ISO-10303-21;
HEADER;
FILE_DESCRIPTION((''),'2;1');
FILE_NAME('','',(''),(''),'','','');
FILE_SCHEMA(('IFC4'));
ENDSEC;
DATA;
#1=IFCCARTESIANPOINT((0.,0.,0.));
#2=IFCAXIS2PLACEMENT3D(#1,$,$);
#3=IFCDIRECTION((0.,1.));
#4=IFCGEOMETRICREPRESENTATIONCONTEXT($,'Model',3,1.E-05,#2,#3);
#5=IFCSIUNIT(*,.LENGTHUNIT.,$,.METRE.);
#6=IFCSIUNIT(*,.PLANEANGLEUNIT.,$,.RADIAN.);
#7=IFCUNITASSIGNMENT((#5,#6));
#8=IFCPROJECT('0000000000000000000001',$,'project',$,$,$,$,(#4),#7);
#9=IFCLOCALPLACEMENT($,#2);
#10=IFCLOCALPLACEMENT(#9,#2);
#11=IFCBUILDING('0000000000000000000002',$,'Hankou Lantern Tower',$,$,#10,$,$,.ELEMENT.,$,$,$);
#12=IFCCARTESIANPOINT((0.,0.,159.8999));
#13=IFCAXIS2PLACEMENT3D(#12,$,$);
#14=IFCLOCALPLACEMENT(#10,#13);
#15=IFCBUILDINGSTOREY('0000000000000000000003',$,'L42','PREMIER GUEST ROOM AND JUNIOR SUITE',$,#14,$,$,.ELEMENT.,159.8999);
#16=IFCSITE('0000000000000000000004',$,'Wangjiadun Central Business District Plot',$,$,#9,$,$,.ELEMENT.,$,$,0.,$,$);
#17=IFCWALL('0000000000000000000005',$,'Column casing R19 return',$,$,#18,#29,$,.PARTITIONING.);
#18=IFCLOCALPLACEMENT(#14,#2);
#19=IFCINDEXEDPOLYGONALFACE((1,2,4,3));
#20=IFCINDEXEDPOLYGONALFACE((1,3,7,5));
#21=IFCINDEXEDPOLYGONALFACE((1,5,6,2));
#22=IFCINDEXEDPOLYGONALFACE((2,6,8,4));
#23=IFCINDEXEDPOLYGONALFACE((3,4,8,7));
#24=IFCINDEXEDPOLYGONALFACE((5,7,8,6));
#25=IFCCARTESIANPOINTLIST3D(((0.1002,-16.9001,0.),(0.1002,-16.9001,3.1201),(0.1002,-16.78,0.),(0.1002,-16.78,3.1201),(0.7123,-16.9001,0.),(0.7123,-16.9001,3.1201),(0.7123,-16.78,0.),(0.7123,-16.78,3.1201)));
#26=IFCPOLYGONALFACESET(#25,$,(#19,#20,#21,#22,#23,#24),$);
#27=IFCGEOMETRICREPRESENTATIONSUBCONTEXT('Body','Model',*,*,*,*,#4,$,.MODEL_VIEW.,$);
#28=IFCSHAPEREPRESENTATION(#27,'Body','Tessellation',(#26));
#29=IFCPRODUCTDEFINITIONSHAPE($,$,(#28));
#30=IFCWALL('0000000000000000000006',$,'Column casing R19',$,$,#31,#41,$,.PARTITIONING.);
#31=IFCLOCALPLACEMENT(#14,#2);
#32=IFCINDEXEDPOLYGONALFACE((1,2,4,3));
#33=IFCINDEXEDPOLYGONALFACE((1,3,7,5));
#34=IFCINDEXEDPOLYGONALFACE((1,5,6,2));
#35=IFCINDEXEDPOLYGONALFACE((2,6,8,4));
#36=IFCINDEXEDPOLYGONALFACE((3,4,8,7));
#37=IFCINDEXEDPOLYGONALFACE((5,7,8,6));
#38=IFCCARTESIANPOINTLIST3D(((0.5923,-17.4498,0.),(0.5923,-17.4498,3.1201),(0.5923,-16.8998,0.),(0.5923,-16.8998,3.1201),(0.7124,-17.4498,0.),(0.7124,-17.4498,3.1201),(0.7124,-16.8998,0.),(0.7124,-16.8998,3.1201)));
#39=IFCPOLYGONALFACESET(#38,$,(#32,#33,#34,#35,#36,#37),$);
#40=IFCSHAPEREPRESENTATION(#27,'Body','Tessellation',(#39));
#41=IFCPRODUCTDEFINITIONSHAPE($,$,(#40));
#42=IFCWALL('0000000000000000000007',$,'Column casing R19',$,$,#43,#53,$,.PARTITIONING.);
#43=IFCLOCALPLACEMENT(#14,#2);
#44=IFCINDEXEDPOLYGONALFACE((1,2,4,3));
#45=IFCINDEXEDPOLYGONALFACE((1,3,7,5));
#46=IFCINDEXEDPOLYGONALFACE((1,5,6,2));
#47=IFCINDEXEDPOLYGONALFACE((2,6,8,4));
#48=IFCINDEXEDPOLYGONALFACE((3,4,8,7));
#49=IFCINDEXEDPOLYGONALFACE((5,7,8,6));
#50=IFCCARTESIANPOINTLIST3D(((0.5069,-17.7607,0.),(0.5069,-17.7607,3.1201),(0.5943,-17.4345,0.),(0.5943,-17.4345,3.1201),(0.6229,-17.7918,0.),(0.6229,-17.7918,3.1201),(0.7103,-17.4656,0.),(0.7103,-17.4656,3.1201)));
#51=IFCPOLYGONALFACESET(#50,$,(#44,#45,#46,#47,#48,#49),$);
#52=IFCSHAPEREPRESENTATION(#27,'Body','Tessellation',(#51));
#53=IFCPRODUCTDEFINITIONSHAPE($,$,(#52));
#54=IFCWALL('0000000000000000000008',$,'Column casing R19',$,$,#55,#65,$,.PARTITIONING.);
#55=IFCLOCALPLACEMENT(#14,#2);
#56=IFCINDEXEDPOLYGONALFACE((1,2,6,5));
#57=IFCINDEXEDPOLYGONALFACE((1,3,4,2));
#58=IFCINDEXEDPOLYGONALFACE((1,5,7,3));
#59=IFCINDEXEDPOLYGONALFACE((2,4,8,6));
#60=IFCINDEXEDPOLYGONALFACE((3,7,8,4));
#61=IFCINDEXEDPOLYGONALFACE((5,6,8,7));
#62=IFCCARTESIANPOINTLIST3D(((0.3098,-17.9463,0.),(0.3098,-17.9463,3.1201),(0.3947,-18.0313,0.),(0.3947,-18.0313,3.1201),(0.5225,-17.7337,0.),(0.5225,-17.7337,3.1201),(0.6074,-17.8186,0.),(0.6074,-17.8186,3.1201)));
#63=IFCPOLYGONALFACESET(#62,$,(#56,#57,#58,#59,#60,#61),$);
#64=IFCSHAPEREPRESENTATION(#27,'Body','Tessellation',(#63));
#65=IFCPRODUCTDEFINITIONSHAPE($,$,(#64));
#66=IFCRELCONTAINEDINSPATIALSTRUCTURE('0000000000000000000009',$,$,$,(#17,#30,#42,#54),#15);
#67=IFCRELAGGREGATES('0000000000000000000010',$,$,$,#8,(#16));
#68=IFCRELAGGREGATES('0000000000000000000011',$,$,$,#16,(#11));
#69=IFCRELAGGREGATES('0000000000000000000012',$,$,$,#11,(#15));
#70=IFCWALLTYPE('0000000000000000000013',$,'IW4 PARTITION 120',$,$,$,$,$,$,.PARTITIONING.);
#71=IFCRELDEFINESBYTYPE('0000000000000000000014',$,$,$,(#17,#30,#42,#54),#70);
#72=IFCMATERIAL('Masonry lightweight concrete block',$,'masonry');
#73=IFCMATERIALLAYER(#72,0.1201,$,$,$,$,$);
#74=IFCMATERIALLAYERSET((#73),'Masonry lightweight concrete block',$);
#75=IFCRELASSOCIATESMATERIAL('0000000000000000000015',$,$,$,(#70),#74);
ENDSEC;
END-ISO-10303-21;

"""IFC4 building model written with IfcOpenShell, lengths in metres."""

from ifc_helpers import new_model, si_unit, direction, frame, frame_2d, origin, place, context, subcontext, project, spatial, rectangle, extrude, material, layer, layer_set, type_object, element, save


model = new_model("IFC4")

# Units and contexts
model_context = context("Model", 3, precision=1e-05, world=origin(), true_north=direction((0.0, 1.0)))
body_context = subcontext(model_context, "Body", "Model", "MODEL_VIEW")
ifc_project = project(units=[si_unit("LENGTHUNIT", "METRE"), si_unit("PLANEANGLEUNIT", "RADIAN")], contexts=[model_context])

# Site, building, storey
site_placement = place(None, origin())
site = spatial("IfcSite", under=ifc_project, at=site_placement, Name="Wangjiadun Central Business District Plot", CompositionType="ELEMENT", RefElevation=0.0)
building_placement = place(site_placement, origin())
building = spatial("IfcBuilding", under=site, at=building_placement, Name="Hankou Lantern Tower", CompositionType="ELEMENT")
storey_placement = place(building_placement, frame((0.0, 0.0, 159.8999)))
storey = spatial("IfcBuildingStorey", under=building, at=storey_placement, Name="L42", Description="PREMIER GUEST ROOM AND JUNIOR SUITE", CompositionType="ELEMENT", Elevation=159.8999)

# Walls
ifc_material_1 = material(Name="Masonry lightweight concrete block", Category="masonry")
ifc_layer_1 = layer(ifc_material_1, 0.1201)
ifc_layer_set_1 = layer_set([ifc_layer_1], Name="Masonry lightweight concrete block")
wall_type_1 = type_object("IfcWallType", Name="IW4 PARTITION 120", PredefinedType="PARTITIONING", material=ifc_layer_set_1)
wall_1_placement = place(storey_placement, frame((0.1001, -16.8401, 0.0), z_axis=(0.0, 0.0, 1.0), x_axis=(1.0, 0.0, 0.0)))
element("IfcWall", 1, at=wall_1_placement, inside=storey, type_object=wall_type_1, Name="Column casing R19 return", PredefinedType="PARTITIONING", context=body_context, shape_type="SweptSolid", body=[
    extrude(rectangle(XDim=0.6121, YDim=0.1201, at=frame_2d((0.3062, 0.0))), origin(), (0.0, 0.0, 1.0), 3.1201),
])
wall_2_placement = place(storey_placement, frame((0.6523, -16.8999, 0.0), z_axis=(0.0, 0.0, 1.0), x_axis=(0.0, -1.0, 0.0)))
element("IfcWall", 2, at=wall_2_placement, inside=storey, type_object=wall_type_1, Name="Column casing R19", PredefinedType="PARTITIONING", context=body_context, shape_type="SweptSolid", body=[
    extrude(rectangle(XDim=0.55, YDim=0.1201, at=frame_2d((0.2749, 0.0))), origin(), (0.0, 0.0, 1.0), 3.1201),
])
wall_3_placement = place(storey_placement, frame((0.6523, -17.45, 0.0), z_axis=(0.0, 0.0, 1.0), x_axis=(-0.258832, -0.965922, 0.0)))
element("IfcWall", 3, at=wall_3_placement, inside=storey, type_object=wall_type_1, Name="Column casing R19", PredefinedType="PARTITIONING", context=body_context, shape_type="SweptSolid", body=[
    extrude(rectangle(XDim=0.3376, YDim=0.1201, at=frame_2d((0.1689, 0.0))), origin(), (0.0, 0.0, 1.0), 3.1201),
])
wall_4_placement = place(storey_placement, frame((0.5649, -17.7761, 0.0), z_axis=(0.0, 0.0, 1.0), x_axis=(-0.707107, -0.707107, 0.0)))
element("IfcWall", 4, at=wall_4_placement, inside=storey, type_object=wall_type_1, Name="Column casing R19", PredefinedType="PARTITIONING", context=body_context, shape_type="SweptSolid", body=[
    extrude(rectangle(XDim=0.3008, YDim=0.1201, at=frame_2d((0.1504, 0.0))), origin(), (0.0, 0.0, 1.0), 3.1201),
])

save(model, "model.ifc")
